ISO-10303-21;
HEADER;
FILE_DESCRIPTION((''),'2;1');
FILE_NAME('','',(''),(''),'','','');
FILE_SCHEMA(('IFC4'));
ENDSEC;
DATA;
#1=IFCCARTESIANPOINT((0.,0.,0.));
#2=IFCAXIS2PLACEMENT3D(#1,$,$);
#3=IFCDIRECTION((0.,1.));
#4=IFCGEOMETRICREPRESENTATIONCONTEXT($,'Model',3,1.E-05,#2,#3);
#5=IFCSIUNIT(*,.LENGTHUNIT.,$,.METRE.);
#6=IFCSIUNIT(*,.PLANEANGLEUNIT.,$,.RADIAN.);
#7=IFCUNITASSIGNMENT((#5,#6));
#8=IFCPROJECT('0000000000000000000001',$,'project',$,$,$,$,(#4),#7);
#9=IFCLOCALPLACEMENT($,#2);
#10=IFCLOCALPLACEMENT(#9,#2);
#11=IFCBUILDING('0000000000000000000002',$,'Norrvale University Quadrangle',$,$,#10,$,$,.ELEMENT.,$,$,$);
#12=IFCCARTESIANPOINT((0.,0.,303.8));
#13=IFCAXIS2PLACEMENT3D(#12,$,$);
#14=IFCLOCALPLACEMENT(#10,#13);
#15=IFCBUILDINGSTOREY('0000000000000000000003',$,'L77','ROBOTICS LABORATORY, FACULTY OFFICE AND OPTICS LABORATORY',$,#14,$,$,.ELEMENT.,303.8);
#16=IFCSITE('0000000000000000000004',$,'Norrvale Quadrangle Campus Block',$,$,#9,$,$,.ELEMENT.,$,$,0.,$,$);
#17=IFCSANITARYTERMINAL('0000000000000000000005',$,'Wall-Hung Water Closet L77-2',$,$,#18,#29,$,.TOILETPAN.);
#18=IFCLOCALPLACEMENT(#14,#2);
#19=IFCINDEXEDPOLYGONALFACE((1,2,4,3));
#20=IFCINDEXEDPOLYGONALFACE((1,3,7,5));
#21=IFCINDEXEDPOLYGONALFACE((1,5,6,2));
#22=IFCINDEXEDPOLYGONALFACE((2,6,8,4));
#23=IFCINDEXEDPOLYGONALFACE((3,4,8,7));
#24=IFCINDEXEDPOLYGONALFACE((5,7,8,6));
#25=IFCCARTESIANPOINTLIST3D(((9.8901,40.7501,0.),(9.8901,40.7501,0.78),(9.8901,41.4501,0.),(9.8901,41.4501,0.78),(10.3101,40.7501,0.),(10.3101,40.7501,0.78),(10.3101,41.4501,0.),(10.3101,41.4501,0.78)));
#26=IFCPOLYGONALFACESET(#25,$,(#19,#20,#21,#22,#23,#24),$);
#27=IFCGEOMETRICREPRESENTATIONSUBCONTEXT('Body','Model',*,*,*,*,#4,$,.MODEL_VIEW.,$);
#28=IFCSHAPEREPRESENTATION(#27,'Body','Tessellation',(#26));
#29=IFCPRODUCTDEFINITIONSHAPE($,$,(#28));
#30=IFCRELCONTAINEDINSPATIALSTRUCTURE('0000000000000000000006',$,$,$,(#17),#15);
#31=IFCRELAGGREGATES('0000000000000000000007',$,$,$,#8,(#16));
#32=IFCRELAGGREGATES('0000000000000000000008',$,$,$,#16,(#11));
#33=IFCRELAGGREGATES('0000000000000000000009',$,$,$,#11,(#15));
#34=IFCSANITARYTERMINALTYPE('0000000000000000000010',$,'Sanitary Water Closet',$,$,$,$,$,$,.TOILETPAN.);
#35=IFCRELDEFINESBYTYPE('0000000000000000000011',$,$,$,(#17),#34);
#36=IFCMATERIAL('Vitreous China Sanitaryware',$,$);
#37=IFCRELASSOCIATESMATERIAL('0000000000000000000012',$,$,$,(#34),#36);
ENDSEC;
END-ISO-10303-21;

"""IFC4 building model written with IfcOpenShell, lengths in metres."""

from ifc_helpers import new_model, si_unit, direction, frame, origin, origin_2d, place, context, subcontext, project, spatial, rectangle, extrude, material, type_object, element, save


model = new_model("IFC4")

# Units and contexts
model_context = context("Model", 3, precision=1e-05, world=origin(), true_north=direction((0.0, 1.0)))
body_context = subcontext(model_context, "Body", "Model", "MODEL_VIEW")
ifc_project = project(units=[si_unit("LENGTHUNIT", "METRE"), si_unit("PLANEANGLEUNIT", "RADIAN")], contexts=[model_context])

# Site, building, storey
site_placement = place(None, origin())
site = spatial("IfcSite", under=ifc_project, at=site_placement, Name="Norrvale Quadrangle Campus Block", CompositionType="ELEMENT", RefElevation=0.0)
building_placement = place(site_placement, origin())
building = spatial("IfcBuilding", under=site, at=building_placement, Name="Norrvale University Quadrangle", CompositionType="ELEMENT")
storey_placement = place(building_placement, frame((0.0, 0.0, 303.8)))
storey = spatial("IfcBuildingStorey", under=building, at=storey_placement, Name="L77", Description="ROBOTICS LABORATORY, FACULTY OFFICE AND OPTICS LABORATORY", CompositionType="ELEMENT", Elevation=303.8)

# Sanitary terminal
ifc_material_1 = material(Name="Vitreous China Sanitaryware")
sanitary_terminal_type_1 = type_object("IfcSanitaryTerminalType", Name="Sanitary Water Closet", PredefinedType="TOILETPAN", material=ifc_material_1)
for number, where, z_axis, x_axis, name in (
    (1, (10.1001, 41.1001, 0.0), (0.0, 0.0, 1.0), (1.0, 0.0, 0.0), "Wall-Hung Water Closet L77-2"),
):
    element("IfcSanitaryTerminal", number, at=place(storey_placement, frame(where, z_axis=z_axis, x_axis=x_axis)), inside=storey, type_object=sanitary_terminal_type_1, Name=name, PredefinedType="TOILETPAN", context=body_context, shape_type="SweptSolid", body=[
        extrude(rectangle(XDim=0.4199, YDim=0.7, at=origin_2d()), origin(), (0.0, 0.0, 1.0), 0.78),
    ])

save(model, "model.ifc")
